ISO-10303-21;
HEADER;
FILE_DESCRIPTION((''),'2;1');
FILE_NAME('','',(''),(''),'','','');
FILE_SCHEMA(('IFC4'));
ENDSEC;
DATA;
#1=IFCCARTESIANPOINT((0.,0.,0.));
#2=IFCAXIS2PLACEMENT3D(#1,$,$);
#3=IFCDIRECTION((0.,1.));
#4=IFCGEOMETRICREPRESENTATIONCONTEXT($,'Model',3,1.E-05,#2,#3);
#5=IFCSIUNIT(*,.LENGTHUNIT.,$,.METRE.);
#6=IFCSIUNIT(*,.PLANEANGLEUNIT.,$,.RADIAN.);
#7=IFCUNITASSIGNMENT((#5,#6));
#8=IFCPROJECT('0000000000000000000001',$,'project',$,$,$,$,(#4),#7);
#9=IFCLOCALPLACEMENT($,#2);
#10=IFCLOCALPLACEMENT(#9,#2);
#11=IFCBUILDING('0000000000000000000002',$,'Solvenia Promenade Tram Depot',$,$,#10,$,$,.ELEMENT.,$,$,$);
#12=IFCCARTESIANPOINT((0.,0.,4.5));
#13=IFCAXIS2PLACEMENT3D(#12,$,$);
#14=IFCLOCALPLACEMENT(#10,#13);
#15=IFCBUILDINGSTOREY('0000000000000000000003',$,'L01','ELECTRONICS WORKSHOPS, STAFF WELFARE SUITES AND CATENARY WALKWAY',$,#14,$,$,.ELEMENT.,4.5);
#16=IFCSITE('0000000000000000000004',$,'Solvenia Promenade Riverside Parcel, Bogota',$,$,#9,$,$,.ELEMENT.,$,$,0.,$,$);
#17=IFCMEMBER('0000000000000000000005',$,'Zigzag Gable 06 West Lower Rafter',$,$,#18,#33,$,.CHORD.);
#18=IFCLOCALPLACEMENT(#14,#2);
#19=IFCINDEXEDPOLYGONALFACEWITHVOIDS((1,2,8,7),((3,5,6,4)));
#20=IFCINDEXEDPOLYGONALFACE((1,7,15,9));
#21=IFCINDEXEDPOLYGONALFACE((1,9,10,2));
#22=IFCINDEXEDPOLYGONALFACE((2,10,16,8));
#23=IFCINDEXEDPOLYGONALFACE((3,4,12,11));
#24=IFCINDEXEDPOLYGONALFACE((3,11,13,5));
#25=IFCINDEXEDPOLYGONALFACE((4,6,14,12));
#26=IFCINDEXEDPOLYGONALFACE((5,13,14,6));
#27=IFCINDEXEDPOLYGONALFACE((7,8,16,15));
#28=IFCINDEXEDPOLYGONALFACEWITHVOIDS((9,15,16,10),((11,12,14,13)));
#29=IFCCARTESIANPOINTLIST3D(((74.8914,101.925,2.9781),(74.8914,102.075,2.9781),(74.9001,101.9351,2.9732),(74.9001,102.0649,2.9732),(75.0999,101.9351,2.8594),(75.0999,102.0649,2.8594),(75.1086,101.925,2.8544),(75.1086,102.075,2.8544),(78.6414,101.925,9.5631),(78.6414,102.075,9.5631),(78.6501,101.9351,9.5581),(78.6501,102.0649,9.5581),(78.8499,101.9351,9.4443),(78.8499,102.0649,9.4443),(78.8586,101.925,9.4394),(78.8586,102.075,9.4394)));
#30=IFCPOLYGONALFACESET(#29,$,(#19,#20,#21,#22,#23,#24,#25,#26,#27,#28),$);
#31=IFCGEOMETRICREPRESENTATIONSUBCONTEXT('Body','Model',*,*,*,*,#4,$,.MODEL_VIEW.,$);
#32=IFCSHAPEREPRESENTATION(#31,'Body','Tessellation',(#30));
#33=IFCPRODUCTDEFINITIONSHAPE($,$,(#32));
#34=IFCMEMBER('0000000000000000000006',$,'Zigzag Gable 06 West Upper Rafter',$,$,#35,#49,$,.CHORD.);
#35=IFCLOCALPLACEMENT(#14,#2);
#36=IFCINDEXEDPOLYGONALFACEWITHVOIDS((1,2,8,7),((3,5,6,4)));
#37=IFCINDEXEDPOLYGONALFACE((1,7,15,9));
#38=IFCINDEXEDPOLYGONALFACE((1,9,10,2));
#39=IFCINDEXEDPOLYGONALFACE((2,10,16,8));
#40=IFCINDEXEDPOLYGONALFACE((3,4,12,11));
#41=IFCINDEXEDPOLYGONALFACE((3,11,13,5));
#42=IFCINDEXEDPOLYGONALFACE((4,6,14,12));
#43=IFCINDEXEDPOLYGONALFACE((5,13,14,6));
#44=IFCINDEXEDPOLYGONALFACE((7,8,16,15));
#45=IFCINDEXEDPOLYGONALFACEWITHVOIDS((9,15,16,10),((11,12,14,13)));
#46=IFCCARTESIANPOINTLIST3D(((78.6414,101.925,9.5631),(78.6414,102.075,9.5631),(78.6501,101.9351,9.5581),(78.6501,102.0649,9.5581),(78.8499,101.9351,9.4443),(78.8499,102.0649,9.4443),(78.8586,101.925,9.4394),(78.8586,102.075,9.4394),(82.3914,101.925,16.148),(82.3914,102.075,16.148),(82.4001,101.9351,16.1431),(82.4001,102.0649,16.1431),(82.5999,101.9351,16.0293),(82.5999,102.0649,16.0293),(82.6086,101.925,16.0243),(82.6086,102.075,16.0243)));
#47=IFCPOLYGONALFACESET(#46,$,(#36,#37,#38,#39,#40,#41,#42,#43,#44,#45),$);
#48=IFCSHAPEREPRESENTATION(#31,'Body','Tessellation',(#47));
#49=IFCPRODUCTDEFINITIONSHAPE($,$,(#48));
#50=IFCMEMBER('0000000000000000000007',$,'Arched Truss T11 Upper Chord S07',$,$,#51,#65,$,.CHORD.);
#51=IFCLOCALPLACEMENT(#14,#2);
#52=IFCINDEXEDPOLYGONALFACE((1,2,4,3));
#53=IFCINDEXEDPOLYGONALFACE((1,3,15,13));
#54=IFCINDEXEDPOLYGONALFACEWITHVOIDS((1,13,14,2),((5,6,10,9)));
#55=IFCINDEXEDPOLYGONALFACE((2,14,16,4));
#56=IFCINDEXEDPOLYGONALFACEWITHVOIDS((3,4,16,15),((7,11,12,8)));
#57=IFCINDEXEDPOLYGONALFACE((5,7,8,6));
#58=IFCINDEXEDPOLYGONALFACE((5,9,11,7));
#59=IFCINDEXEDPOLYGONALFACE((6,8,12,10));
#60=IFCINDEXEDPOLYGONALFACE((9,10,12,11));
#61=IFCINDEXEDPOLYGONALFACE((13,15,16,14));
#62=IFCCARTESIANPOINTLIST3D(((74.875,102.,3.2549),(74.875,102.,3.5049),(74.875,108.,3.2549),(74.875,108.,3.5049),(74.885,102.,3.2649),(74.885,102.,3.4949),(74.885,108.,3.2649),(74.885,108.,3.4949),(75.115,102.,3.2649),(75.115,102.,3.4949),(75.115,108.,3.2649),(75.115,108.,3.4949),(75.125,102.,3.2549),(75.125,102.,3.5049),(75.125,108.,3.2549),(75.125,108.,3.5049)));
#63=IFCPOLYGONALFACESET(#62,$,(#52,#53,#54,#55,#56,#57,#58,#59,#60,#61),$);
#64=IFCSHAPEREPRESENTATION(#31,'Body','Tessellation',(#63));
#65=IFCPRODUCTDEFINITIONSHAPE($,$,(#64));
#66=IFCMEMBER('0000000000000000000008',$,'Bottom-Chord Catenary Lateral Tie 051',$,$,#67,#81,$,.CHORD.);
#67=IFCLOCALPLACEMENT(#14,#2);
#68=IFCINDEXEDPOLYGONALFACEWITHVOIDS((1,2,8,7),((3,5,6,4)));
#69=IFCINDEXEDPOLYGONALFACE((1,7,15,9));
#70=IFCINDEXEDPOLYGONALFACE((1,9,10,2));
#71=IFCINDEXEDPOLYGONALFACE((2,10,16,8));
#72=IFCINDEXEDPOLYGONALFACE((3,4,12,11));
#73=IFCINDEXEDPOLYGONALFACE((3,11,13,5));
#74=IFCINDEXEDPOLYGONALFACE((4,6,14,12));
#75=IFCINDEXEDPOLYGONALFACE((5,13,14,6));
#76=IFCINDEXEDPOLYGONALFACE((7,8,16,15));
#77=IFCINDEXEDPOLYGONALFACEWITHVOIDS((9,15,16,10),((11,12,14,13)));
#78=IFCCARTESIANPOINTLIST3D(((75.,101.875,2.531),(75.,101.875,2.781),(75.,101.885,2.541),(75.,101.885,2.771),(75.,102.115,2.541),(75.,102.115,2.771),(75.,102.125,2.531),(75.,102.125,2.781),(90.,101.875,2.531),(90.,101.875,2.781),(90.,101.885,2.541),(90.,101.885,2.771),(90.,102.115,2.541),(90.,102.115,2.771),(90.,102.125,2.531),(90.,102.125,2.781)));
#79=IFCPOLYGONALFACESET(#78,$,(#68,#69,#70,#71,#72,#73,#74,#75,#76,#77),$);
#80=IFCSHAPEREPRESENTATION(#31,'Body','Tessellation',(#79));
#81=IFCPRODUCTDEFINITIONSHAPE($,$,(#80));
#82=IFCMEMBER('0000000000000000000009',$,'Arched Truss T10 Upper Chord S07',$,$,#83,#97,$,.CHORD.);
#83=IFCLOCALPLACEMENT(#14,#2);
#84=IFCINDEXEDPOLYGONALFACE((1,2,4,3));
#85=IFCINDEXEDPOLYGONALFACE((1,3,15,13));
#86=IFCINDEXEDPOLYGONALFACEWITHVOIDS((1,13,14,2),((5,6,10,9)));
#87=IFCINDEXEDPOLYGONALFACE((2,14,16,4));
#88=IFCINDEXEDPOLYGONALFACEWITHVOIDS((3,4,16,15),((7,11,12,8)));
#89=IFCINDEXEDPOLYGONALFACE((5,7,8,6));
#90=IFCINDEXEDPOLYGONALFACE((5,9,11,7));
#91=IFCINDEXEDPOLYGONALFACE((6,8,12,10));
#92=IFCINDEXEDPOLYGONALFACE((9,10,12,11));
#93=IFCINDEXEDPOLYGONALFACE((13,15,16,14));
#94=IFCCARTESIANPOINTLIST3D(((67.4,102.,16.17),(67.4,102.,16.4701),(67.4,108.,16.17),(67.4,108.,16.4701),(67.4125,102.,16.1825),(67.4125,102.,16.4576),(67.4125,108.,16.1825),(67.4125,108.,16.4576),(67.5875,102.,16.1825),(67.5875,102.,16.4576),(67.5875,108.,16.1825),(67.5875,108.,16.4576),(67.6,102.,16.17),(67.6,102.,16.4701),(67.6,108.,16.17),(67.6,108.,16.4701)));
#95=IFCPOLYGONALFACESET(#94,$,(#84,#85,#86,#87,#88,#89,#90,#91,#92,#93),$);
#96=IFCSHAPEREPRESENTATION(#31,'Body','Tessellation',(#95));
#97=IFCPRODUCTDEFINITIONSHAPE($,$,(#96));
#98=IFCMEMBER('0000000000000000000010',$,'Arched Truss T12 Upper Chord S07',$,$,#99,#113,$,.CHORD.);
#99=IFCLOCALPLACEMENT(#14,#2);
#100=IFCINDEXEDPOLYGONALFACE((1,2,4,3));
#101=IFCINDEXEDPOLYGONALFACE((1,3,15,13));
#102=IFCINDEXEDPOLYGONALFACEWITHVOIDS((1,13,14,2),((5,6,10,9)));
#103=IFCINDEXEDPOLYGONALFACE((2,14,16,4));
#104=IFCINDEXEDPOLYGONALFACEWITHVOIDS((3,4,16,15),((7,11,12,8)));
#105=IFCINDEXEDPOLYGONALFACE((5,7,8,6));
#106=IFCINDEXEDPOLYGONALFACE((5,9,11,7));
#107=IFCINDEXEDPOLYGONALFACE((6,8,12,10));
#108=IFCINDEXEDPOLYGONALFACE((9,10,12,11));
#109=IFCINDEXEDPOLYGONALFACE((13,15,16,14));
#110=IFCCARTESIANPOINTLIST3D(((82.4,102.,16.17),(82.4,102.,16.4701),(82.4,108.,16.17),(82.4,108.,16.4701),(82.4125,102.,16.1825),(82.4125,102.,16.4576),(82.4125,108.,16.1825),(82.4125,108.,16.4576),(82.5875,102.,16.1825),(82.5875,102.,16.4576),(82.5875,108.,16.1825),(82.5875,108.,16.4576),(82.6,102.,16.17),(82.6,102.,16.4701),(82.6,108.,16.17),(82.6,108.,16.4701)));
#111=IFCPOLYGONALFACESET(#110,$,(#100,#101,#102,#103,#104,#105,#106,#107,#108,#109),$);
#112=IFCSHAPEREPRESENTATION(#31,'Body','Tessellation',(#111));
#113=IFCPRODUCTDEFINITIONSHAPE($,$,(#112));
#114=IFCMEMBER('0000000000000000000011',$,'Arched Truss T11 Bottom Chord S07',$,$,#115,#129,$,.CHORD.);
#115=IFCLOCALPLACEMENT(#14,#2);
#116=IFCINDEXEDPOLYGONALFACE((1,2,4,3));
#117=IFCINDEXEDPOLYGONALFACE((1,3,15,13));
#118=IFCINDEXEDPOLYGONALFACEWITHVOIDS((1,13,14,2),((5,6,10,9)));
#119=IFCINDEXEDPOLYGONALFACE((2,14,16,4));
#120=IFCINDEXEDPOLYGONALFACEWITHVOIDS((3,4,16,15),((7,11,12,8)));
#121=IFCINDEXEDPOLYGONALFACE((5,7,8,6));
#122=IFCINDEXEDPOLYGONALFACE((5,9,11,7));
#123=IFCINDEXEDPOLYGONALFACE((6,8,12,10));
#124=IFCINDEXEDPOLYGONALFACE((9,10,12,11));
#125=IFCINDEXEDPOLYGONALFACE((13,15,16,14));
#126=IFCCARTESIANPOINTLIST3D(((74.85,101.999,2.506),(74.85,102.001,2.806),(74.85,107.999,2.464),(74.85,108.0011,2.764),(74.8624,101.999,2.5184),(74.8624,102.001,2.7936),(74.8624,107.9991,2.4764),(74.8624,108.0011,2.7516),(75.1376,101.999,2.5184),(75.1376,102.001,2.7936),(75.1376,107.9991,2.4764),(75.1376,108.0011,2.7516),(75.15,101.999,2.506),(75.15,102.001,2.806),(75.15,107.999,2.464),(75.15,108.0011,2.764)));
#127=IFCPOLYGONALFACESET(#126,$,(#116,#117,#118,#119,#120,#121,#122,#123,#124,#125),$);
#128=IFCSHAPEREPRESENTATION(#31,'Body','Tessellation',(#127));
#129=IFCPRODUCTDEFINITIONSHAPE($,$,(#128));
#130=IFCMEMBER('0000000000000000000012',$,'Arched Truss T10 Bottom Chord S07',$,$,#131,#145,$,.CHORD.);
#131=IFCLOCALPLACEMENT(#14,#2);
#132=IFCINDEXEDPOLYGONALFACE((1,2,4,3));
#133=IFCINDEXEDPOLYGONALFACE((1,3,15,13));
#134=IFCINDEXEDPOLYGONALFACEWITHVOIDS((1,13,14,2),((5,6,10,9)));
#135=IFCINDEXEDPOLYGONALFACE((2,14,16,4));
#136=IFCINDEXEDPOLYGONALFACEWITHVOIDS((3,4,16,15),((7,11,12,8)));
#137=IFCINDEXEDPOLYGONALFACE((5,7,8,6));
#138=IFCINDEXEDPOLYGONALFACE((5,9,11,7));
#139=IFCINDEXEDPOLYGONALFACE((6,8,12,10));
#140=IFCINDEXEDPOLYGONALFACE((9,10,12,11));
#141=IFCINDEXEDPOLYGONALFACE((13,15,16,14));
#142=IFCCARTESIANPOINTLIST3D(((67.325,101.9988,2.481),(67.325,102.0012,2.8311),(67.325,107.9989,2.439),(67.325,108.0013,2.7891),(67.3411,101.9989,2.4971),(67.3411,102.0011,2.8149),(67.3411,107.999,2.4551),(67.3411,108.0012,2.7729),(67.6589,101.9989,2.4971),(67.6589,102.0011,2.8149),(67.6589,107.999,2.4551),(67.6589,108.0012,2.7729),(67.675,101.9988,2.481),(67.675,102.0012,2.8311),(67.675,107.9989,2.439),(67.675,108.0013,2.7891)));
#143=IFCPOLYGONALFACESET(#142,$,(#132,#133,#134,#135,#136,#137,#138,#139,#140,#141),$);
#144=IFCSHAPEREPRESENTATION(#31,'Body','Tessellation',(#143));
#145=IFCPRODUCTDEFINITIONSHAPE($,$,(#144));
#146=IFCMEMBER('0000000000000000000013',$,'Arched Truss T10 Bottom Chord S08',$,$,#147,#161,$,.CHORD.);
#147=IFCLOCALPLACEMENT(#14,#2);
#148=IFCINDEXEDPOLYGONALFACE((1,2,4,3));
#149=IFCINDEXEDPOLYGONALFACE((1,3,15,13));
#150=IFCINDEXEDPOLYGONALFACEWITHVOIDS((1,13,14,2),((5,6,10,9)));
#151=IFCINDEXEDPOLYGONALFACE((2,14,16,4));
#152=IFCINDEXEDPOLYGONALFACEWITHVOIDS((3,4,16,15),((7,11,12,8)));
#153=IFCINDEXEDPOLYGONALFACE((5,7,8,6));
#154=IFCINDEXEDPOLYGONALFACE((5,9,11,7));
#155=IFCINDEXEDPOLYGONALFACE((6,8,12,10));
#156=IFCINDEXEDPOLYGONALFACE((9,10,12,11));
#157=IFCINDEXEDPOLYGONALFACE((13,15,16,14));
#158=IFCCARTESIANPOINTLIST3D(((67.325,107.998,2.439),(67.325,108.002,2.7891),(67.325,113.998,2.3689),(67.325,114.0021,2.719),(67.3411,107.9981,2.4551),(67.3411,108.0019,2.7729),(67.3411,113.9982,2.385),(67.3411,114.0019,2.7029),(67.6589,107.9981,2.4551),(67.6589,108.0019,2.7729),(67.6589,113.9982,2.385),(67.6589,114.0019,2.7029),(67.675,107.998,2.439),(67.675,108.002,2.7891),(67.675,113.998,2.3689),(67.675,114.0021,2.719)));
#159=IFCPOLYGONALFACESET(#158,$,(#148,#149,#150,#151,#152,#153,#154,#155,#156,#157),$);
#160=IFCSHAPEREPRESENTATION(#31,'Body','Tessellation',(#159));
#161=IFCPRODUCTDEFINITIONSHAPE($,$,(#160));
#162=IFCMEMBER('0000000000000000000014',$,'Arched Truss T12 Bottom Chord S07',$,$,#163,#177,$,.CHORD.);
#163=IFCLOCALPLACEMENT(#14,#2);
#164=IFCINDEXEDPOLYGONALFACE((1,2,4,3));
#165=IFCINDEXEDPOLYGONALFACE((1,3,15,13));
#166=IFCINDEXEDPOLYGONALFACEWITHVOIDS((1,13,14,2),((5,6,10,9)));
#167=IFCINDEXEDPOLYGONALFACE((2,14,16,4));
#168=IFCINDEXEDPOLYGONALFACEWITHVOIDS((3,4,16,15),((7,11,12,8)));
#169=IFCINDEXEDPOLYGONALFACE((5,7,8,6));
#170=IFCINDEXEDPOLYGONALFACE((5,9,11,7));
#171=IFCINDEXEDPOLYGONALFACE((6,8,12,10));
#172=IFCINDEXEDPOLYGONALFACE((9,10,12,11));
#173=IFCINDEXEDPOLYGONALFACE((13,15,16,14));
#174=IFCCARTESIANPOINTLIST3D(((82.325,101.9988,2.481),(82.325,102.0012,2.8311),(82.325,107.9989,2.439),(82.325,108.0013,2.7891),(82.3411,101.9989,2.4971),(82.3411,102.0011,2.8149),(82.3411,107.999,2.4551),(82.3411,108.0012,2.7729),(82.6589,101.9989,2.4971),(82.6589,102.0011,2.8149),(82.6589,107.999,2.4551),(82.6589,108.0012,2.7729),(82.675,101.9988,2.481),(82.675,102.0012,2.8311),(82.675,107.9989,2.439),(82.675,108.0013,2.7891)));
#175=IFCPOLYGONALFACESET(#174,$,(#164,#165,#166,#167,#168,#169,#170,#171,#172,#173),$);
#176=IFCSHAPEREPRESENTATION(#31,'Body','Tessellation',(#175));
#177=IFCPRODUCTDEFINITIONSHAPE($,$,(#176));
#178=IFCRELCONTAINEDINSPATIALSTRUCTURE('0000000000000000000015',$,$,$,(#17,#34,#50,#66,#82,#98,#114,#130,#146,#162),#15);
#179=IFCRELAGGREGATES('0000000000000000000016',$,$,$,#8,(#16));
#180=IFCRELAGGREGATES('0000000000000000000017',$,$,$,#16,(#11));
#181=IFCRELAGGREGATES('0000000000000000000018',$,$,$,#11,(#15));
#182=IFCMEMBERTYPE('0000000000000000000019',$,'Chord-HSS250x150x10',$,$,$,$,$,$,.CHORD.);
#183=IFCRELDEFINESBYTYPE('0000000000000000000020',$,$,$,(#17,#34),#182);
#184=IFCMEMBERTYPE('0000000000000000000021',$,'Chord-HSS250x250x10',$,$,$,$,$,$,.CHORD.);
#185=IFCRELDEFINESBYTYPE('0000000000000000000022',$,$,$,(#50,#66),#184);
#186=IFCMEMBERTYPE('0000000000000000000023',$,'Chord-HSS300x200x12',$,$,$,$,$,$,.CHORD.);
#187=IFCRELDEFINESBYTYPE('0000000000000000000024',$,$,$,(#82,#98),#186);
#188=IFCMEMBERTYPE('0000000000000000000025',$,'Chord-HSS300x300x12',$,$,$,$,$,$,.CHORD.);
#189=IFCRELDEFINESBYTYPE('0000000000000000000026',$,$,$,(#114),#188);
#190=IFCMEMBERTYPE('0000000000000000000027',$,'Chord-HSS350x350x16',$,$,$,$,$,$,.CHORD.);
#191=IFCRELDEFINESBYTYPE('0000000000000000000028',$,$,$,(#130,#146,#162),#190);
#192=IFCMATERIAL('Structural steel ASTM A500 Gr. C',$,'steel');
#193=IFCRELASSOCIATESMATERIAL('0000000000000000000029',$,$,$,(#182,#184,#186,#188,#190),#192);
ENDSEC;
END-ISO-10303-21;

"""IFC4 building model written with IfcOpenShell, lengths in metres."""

from ifc_helpers import new_model, si_unit, direction, frame, origin, origin_2d, place, context, subcontext, project, spatial, hollow_rectangle, extrude, material, material_profile, profile_set, type_object, element, save


model = new_model("IFC4")

# Units and contexts
model_context = context("Model", 3, precision=1e-05, world=origin(), true_north=direction((0.0, 1.0)))
body_context = subcontext(model_context, "Body", "Model", "MODEL_VIEW")
ifc_project = project(units=[si_unit("LENGTHUNIT", "METRE"), si_unit("PLANEANGLEUNIT", "RADIAN")], contexts=[model_context])

# Site, building, storey
site_placement = place(None, origin())
site = spatial("IfcSite", under=ifc_project, at=site_placement, Name="Solvenia Promenade Riverside Parcel, Bogota", CompositionType="ELEMENT", RefElevation=0.0)
building_placement = place(site_placement, origin())
building = spatial("IfcBuilding", under=site, at=building_placement, Name="Solvenia Promenade Tram Depot", CompositionType="ELEMENT")
storey_placement = place(building_placement, frame((0.0, 0.0, 4.5)))
storey = spatial("IfcBuildingStorey", under=building, at=storey_placement, Name="L01", Description="ELECTRONICS WORKSHOPS, STAFF WELFARE SUITES AND CATENARY WALKWAY", CompositionType="ELEMENT", Elevation=4.5)

# Members
ifc_material_1 = material(Name="Structural steel ASTM A500 Gr. C", Category="steel")
ifc_material_profile_1 = material_profile(ifc_material_1, hollow_rectangle(XDim=0.1499, YDim=0.25, WallThickness=0.01, at=origin_2d()), Name="HSS250x150x10", Category="steel")
ifc_profile_set_1 = profile_set([ifc_material_profile_1], Name="Structural steel ASTM A500 Gr. C")
member_type_1 = type_object("IfcMemberType", Name="Chord-HSS250x150x10", PredefinedType="CHORD", material=ifc_profile_set_1)
for number, where, z_axis, x_axis, name in (
    (1, (75.0, 102.0, 2.9163), (0.494862, 0.0, 0.868972), (0.0, 1.0, 0.0), "Zigzag Gable 06 West Lower Rafter"),
    (2, (78.75, 102.0, 9.5012), (0.494862, 0.0, 0.868972), (0.0, 1.0, 0.0), "Zigzag Gable 06 West Upper Rafter"),
):
    element("IfcMember", number, at=place(storey_placement, frame(where, z_axis=z_axis, x_axis=x_axis)), inside=storey, type_object=member_type_1, Name=name, PredefinedType="CHORD", context=body_context, shape_type="SweptSolid", body=[
        extrude(hollow_rectangle(XDim=0.1499, YDim=0.25, WallThickness=0.01, at=origin_2d()), origin(), (0.0, 0.0, 1.0), 7.5779),
    ])
ifc_material_profile_2 = material_profile(ifc_material_1, hollow_rectangle(XDim=0.25, YDim=0.25, WallThickness=0.01, at=origin_2d()), Name="HSS250x250x10", Category="steel")
ifc_profile_set_2 = profile_set([ifc_material_profile_2], Name="Structural steel ASTM A500 Gr. C")
member_type_2 = type_object("IfcMemberType", Name="Chord-HSS250x250x10", PredefinedType="CHORD", material=ifc_profile_set_2)
member_1_placement = place(storey_placement, frame((75.0, 102.0, 3.3799), z_axis=(0.0, 1.0, 0.0), x_axis=(-1.0, 0.0, 0.0)))
element("IfcMember", 3, at=member_1_placement, inside=storey, type_object=member_type_2, Name="Arched Truss T11 Upper Chord S07", PredefinedType="CHORD", context=body_context, shape_type="SweptSolid", body=[
    extrude(hollow_rectangle(XDim=0.25, YDim=0.25, WallThickness=0.01, at=origin_2d()), origin(), (0.0, 0.0, 1.0), 6.0),
])
member_2_placement = place(storey_placement, frame((75.0, 102.0, 2.656), z_axis=(1.0, 0.0, 0.0), x_axis=(0.0, 1.0, 0.0)))
element("IfcMember", 4, at=member_2_placement, inside=storey, type_object=member_type_2, Name="Bottom-Chord Catenary Lateral Tie 051", PredefinedType="CHORD", context=body_context, shape_type="SweptSolid", body=[
    extrude(hollow_rectangle(XDim=0.25, YDim=0.25, WallThickness=0.01, at=origin_2d()), origin(), (0.0, 0.0, 1.0), 15.0),
])
ifc_material_profile_3 = material_profile(ifc_material_1, hollow_rectangle(XDim=0.2, YDim=0.3, WallThickness=0.0125, at=origin_2d()), Name="HSS300x200x12.5", Category="steel")
ifc_profile_set_3 = profile_set([ifc_material_profile_3], Name="Structural steel ASTM A500 Gr. C")
member_type_3 = type_object("IfcMemberType", Name="Chord-HSS300x200x12", PredefinedType="CHORD", material=ifc_profile_set_3)
for number, where, z_axis, x_axis, name in (
    (5, (67.5, 102.0, 16.3201), (0.0, 1.0, 0.0), (-1.0, 0.0, 0.0), "Arched Truss T10 Upper Chord S07"),
    (6, (82.5, 102.0, 16.3201), (0.0, 1.0, 0.0), (-1.0, 0.0, 0.0), "Arched Truss T12 Upper Chord S07"),
):
    element("IfcMember", number, at=place(storey_placement, frame(where, z_axis=z_axis, x_axis=x_axis)), inside=storey, type_object=member_type_3, Name=name, PredefinedType="CHORD", context=body_context, shape_type="SweptSolid", body=[
        extrude(hollow_rectangle(XDim=0.2, YDim=0.3, WallThickness=0.0125, at=origin_2d()), origin(), (0.0, 0.0, 1.0), 6.0),
    ])
ifc_material_profile_4 = material_profile(ifc_material_1, hollow_rectangle(XDim=0.3, YDim=0.3, WallThickness=0.0125, at=origin_2d()), Name="HSS300x300x12.5", Category="steel")
ifc_profile_set_4 = profile_set([ifc_material_profile_4], Name="Structural steel ASTM A500 Gr. C")
member_type_4 = type_object("IfcMemberType", Name="Chord-HSS300x300x12", PredefinedType="CHORD", material=ifc_profile_set_4)
member_3_placement = place(storey_placement, frame((75.0, 102.0, 2.656), z_axis=(0.0, 0.999976, -0.006999), x_axis=(-1.0, 0.0, 0.0)))
element("IfcMember", 7, at=member_3_placement, inside=storey, type_object=member_type_4, Name="Arched Truss T11 Bottom Chord S07", PredefinedType="CHORD", context=body_context, shape_type="SweptSolid", body=[
    extrude(hollow_rectangle(XDim=0.3, YDim=0.3, WallThickness=0.0125, at=origin_2d()), origin(), (0.0, 0.0, 1.0), 6.0002),
])
ifc_material_profile_5 = material_profile(ifc_material_1, hollow_rectangle(XDim=0.3501, YDim=0.3501, WallThickness=0.0161, at=origin_2d()), Name="HSS350x350x16", Category="steel")
ifc_profile_set_5 = profile_set([ifc_material_profile_5], Name="Structural steel ASTM A500 Gr. C")
member_type_5 = type_object("IfcMemberType", Name="Chord-HSS350x350x16", PredefinedType="CHORD", material=ifc_profile_set_5)
member_4_placement = place(storey_placement, frame((67.5, 102.0, 2.656), z_axis=(0.0, 0.999976, -0.006999), x_axis=(-1.0, 0.0, 0.0)))
element("IfcMember", 8, at=member_4_placement, inside=storey, type_object=member_type_5, Name="Arched Truss T10 Bottom Chord S07", PredefinedType="CHORD", context=body_context, shape_type="SweptSolid", body=[
    extrude(hollow_rectangle(XDim=0.3501, YDim=0.3501, WallThickness=0.0161, at=origin_2d()), origin(), (0.0, 0.0, 1.0), 6.0002),
])
member_5_placement = place(storey_placement, frame((67.5, 108.0, 2.614), z_axis=(0.0, 0.999932, -0.011677), x_axis=(-1.0, 0.0, 0.0)))
element("IfcMember", 9, at=member_5_placement, inside=storey, type_object=member_type_5, Name="Arched Truss T10 Bottom Chord S08", PredefinedType="CHORD", context=body_context, shape_type="SweptSolid", body=[
    extrude(hollow_rectangle(XDim=0.3501, YDim=0.3501, WallThickness=0.0161, at=origin_2d()), origin(), (0.0, 0.0, 1.0), 6.0005),
])
member_6_placement = place(storey_placement, frame((82.5, 102.0, 2.656), z_axis=(0.0, 0.999976, -0.006999), x_axis=(-1.0, 0.0, 0.0)))
element("IfcMember", 10, at=member_6_placement, inside=storey, type_object=member_type_5, Name="Arched Truss T12 Bottom Chord S07", PredefinedType="CHORD", context=body_context, shape_type="SweptSolid", body=[
    extrude(hollow_rectangle(XDim=0.3501, YDim=0.3501, WallThickness=0.0161, at=origin_2d()), origin(), (0.0, 0.0, 1.0), 6.0002),
])

save(model, "model.ifc")
